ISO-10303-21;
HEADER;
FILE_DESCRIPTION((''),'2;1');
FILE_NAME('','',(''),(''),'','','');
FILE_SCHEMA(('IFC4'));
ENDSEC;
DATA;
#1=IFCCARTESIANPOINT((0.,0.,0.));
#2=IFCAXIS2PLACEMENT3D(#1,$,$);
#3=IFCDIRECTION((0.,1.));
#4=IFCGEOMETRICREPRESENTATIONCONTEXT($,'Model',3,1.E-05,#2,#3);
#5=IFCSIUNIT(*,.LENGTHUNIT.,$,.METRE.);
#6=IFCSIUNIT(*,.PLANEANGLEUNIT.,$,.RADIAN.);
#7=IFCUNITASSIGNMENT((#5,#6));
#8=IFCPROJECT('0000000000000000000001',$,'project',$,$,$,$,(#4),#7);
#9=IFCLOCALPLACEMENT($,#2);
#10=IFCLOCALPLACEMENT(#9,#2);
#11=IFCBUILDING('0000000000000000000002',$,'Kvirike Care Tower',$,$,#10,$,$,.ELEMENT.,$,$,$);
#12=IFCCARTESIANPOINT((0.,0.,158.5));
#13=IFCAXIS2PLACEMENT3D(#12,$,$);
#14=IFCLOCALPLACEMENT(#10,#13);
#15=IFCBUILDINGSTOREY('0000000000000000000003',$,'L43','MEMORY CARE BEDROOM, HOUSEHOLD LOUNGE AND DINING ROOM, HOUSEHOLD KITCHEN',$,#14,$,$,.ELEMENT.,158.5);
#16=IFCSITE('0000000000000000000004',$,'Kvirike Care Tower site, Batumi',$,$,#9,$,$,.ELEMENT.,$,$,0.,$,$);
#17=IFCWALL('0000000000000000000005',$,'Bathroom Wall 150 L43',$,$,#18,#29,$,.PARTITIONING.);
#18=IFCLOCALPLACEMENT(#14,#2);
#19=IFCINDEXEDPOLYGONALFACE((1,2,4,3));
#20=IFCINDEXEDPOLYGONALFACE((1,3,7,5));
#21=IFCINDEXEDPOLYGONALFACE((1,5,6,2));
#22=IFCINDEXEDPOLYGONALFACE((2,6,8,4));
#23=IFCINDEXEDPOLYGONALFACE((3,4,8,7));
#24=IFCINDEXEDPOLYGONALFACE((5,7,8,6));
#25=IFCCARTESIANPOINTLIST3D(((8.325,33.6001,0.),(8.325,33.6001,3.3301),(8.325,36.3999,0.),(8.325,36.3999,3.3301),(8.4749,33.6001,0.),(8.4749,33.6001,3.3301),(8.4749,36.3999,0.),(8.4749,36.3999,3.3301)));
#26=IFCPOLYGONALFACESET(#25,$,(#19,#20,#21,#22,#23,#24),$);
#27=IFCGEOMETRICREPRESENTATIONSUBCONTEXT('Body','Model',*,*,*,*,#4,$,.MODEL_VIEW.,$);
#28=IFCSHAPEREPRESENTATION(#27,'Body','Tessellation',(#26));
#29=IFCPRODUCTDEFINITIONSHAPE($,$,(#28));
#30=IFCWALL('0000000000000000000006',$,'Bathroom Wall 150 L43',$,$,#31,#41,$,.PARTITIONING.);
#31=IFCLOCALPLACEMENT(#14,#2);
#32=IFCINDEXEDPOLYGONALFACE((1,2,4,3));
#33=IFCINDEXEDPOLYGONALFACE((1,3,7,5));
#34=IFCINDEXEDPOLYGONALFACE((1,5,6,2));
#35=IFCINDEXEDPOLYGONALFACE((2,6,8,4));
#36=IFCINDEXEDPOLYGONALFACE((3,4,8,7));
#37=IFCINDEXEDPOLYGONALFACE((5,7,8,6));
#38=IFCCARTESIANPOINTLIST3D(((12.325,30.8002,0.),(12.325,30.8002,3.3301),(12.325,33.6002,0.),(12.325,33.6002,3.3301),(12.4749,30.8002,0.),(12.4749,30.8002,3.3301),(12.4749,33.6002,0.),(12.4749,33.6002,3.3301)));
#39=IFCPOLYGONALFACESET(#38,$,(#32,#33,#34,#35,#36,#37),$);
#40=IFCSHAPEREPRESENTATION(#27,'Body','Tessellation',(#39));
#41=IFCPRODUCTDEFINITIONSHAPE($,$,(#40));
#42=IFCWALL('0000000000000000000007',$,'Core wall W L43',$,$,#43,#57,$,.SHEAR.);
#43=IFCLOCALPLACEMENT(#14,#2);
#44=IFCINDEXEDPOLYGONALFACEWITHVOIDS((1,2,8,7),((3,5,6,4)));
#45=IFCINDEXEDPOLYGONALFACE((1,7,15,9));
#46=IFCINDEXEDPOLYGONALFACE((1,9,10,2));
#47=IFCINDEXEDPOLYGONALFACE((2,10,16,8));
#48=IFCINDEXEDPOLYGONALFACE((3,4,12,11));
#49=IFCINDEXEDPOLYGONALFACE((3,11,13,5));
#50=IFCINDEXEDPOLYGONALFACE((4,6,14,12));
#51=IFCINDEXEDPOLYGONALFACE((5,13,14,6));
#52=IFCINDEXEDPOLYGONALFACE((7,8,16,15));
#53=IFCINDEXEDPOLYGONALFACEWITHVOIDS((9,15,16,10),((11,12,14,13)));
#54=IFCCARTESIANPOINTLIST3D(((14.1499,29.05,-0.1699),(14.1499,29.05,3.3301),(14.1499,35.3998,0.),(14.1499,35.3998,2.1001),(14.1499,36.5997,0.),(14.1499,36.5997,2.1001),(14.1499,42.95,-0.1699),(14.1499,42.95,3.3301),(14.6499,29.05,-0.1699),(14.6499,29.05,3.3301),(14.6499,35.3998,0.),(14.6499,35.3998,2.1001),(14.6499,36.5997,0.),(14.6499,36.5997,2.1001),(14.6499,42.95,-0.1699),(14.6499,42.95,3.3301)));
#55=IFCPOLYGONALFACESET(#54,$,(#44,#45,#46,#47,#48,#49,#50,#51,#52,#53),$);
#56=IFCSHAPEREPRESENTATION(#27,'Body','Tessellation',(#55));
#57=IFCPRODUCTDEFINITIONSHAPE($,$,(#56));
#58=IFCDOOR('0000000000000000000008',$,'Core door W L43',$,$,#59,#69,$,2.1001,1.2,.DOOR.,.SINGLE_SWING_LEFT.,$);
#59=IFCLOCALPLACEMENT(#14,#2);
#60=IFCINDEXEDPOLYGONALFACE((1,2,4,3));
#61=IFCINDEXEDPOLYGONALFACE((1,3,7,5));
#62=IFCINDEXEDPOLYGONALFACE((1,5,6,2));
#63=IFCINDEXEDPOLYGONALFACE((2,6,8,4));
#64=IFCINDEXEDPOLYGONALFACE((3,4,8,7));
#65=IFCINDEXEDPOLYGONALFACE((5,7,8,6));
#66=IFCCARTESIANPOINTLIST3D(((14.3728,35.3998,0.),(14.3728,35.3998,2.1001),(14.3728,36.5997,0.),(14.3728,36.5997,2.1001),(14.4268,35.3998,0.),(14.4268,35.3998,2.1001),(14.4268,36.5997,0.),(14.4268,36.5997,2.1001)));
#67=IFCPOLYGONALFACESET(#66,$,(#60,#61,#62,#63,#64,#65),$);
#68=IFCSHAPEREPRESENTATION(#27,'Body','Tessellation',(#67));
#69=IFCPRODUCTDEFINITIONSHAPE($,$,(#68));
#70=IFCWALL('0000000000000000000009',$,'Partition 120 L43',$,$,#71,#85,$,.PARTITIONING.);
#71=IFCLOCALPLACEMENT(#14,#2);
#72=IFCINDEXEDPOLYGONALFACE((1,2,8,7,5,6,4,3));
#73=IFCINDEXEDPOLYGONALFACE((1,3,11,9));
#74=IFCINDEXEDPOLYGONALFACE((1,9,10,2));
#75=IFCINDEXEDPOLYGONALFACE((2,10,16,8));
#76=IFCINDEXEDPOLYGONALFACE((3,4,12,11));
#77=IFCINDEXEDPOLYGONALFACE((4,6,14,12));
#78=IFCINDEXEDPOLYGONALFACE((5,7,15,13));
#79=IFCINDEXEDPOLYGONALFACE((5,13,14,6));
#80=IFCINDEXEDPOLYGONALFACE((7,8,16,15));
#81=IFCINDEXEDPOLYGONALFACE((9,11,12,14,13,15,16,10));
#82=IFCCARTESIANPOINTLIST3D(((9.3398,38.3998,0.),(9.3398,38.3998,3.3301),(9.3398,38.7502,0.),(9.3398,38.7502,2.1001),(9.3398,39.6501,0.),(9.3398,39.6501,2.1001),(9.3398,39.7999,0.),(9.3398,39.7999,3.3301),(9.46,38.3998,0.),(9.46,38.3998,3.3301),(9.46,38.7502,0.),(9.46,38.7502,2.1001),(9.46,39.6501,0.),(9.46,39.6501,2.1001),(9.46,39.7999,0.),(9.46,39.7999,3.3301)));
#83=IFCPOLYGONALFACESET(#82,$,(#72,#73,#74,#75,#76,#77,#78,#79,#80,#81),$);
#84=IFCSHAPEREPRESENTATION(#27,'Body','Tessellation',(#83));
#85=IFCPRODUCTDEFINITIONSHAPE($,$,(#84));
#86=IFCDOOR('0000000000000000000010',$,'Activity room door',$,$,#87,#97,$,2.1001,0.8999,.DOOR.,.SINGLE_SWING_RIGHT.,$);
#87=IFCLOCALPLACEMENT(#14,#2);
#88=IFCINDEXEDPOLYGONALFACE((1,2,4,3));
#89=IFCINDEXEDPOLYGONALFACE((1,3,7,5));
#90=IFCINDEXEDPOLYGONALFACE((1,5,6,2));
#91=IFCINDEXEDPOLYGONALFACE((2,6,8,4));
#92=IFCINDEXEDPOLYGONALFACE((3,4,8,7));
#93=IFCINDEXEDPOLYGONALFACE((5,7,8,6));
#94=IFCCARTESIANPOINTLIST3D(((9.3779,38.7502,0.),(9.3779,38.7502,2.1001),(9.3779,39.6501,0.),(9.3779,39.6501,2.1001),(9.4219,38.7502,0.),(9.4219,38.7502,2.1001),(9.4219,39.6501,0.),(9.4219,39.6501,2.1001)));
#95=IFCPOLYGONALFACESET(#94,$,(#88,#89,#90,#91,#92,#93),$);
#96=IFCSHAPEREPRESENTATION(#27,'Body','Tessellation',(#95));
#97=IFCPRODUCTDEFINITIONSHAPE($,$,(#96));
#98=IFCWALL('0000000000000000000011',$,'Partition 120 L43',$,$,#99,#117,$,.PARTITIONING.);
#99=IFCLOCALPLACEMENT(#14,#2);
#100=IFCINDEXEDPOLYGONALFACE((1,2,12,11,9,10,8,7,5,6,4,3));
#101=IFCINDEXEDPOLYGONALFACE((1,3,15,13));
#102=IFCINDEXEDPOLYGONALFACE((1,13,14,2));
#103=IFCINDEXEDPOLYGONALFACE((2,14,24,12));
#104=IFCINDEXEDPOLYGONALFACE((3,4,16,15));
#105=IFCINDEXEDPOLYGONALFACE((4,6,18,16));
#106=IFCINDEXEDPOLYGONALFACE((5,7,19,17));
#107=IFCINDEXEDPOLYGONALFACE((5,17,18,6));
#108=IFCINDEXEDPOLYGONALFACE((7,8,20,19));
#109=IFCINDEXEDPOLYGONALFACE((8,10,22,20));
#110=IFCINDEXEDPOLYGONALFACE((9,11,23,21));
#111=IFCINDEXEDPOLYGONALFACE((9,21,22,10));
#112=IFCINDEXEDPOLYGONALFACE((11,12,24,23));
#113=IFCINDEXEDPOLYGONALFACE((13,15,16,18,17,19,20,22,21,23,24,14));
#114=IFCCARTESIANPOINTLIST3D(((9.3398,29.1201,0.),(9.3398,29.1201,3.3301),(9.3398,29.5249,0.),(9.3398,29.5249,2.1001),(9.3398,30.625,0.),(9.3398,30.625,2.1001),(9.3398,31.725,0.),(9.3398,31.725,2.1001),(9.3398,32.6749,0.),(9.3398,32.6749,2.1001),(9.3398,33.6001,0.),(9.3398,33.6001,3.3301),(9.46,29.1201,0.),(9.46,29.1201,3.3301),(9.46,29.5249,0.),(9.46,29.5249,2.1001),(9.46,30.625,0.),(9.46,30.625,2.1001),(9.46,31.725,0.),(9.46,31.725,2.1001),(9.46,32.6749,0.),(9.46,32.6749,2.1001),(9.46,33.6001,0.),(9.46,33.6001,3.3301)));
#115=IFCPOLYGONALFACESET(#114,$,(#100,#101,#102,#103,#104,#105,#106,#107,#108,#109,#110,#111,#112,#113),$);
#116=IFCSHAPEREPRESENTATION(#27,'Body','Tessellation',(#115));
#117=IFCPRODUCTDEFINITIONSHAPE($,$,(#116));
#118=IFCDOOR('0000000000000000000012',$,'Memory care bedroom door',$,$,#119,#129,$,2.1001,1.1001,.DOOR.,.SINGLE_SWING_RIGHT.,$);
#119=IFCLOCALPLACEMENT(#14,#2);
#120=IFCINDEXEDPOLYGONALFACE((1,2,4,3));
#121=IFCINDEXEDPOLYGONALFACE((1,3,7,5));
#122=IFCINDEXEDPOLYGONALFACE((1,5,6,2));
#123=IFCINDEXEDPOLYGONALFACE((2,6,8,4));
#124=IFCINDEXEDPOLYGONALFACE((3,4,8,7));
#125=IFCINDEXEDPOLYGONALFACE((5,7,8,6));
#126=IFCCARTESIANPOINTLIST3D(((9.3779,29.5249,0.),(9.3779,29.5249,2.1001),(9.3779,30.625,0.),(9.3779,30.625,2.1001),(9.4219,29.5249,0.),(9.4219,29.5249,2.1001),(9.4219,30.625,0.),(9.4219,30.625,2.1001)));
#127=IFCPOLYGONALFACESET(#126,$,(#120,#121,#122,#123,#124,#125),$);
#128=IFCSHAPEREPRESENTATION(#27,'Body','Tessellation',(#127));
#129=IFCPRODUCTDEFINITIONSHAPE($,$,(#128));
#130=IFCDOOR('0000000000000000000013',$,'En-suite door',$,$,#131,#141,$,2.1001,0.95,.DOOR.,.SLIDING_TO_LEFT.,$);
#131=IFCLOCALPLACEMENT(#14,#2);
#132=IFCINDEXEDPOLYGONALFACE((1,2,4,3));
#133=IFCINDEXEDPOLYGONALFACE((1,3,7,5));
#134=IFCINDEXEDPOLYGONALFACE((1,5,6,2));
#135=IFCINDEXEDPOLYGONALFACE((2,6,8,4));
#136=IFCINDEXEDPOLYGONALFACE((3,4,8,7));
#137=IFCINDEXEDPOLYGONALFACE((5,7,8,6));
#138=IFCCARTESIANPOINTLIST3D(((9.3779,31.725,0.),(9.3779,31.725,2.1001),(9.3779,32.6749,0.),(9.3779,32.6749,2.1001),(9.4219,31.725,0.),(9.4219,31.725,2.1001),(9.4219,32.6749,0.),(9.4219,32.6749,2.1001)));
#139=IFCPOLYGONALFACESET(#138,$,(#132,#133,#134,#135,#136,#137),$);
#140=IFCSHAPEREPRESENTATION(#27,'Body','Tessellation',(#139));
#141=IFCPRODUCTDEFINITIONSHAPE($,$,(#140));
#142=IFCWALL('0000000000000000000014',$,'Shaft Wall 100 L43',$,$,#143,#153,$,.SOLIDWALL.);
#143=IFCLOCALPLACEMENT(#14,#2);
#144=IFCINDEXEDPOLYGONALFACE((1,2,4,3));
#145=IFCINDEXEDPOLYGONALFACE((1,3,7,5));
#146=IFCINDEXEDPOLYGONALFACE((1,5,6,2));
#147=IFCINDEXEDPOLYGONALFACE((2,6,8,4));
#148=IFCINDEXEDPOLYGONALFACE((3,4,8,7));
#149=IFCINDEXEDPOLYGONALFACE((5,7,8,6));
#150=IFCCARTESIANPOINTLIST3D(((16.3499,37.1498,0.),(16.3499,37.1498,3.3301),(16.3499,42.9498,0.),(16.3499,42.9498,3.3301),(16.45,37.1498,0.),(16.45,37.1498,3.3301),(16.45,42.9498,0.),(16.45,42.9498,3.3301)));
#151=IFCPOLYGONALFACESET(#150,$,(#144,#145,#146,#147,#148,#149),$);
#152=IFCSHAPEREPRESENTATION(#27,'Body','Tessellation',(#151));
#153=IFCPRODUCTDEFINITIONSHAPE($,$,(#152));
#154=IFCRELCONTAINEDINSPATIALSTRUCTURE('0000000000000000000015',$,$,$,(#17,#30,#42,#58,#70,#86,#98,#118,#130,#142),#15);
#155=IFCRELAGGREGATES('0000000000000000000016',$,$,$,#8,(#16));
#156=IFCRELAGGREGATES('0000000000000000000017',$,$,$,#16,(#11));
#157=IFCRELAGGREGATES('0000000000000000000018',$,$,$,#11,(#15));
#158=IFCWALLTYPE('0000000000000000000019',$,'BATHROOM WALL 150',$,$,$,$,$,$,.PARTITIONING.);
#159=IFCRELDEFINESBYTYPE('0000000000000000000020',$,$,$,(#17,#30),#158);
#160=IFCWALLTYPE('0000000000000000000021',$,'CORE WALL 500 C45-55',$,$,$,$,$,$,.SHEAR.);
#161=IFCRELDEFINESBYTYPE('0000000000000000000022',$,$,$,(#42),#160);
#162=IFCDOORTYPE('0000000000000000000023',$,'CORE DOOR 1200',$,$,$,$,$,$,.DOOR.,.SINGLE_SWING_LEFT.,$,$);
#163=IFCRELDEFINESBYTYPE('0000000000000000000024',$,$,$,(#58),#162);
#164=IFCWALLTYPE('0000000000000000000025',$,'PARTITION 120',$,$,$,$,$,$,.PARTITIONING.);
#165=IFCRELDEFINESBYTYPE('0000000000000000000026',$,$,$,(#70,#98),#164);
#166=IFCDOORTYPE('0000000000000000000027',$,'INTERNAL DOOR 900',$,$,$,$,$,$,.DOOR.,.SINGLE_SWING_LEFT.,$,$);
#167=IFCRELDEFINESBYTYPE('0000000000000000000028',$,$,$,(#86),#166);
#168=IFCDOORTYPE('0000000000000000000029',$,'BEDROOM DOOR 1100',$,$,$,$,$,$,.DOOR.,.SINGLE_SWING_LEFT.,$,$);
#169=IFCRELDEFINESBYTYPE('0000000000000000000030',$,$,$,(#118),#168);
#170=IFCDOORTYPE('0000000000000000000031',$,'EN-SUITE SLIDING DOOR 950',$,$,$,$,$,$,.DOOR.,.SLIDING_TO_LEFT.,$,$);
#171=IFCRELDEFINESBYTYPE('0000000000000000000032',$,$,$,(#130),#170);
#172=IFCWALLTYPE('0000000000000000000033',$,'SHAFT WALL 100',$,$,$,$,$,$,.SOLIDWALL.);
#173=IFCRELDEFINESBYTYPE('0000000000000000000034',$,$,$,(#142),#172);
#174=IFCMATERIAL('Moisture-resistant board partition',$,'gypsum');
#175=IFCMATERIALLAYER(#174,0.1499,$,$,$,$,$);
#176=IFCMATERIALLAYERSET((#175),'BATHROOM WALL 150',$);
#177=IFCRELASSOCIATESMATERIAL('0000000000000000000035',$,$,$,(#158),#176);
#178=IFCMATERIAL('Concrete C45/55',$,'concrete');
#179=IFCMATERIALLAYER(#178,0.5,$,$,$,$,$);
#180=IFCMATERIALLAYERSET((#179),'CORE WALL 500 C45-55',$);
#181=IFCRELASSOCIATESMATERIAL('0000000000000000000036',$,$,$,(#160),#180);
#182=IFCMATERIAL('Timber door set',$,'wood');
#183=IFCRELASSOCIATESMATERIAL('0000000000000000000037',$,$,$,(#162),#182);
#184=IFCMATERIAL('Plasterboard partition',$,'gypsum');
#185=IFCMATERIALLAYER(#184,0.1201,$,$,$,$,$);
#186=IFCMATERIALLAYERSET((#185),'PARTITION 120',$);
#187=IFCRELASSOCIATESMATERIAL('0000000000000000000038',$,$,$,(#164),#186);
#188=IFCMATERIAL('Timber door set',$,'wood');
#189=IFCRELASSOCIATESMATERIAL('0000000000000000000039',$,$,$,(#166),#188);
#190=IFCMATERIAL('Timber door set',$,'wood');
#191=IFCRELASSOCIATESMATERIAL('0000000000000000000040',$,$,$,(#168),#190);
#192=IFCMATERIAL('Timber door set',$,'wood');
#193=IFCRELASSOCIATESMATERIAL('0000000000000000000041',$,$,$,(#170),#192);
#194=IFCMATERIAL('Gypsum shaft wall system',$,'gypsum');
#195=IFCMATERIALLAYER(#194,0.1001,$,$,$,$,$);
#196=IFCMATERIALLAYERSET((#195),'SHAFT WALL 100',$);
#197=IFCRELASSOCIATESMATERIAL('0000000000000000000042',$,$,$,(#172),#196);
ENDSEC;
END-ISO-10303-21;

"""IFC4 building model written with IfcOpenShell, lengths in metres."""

from ifc_helpers import new_model, si_unit, direction, frame, frame_2d, origin, place, context, subcontext, project, spatial, rectangle, extrude, material, layer, layer_set, type_object, element, fill, save


model = new_model("IFC4")

# Units and contexts
model_context = context("Model", 3, precision=1e-05, world=origin(), true_north=direction((0.0, 1.0)))
body_context = subcontext(model_context, "Body", "Model", "MODEL_VIEW")
ifc_project = project(units=[si_unit("LENGTHUNIT", "METRE"), si_unit("PLANEANGLEUNIT", "RADIAN")], contexts=[model_context])

# Site, building, storey
site_placement = place(None, origin())
site = spatial("IfcSite", under=ifc_project, at=site_placement, Name="Kvirike Care Tower site, Batumi", CompositionType="ELEMENT", RefElevation=0.0)
building_placement = place(site_placement, origin())
building = spatial("IfcBuilding", under=site, at=building_placement, Name="Kvirike Care Tower", CompositionType="ELEMENT")
storey_placement = place(building_placement, frame((0.0, 0.0, 158.5)))
storey = spatial("IfcBuildingStorey", under=building, at=storey_placement, Name="L43", Description="MEMORY CARE BEDROOM, HOUSEHOLD LOUNGE AND DINING ROOM, HOUSEHOLD KITCHEN", CompositionType="ELEMENT", Elevation=158.5)

# Walls
ifc_material_1 = material(Name="Moisture-resistant board partition", Category="gypsum")
ifc_layer_1 = layer(ifc_material_1, 0.1499)
ifc_layer_set_1 = layer_set([ifc_layer_1], Name="BATHROOM WALL 150")
wall_type_1 = type_object("IfcWallType", Name="BATHROOM WALL 150", PredefinedType="PARTITIONING", material=ifc_layer_set_1)
wall_1_placement = place(storey_placement, frame((8.3999, 36.3999, 0.0), z_axis=(0.0, 0.0, 1.0), x_axis=(0.0, -1.0, 0.0)))
element("IfcWall", 1, at=wall_1_placement, inside=storey, type_object=wall_type_1, Name="Bathroom Wall 150 L43", PredefinedType="PARTITIONING", context=body_context, shape_type="SweptSolid", body=[
    extrude(rectangle(XDim=2.7998, YDim=0.1499, at=frame_2d((1.3999, 0.0))), origin(), (0.0, 0.0, 1.0), 3.3301),
])
wall_2_placement = place(storey_placement, frame((12.3999, 33.6001, 0.0), z_axis=(0.0, 0.0, 1.0), x_axis=(0.0, -1.0, 0.0)))
element("IfcWall", 2, at=wall_2_placement, inside=storey, type_object=wall_type_1, Name="Bathroom Wall 150 L43", PredefinedType="PARTITIONING", context=body_context, shape_type="SweptSolid", body=[
    extrude(rectangle(XDim=2.8, YDim=0.1499, at=frame_2d((1.3999, 0.0))), origin(), (0.0, 0.0, 1.0), 3.3301),
])

# Walls, openings, doors
ifc_material_2 = material(Name="Concrete C45/55", Category="concrete")
ifc_layer_2 = layer(ifc_material_2, 0.5)
ifc_layer_set_2 = layer_set([ifc_layer_2], Name="CORE WALL 500 C45-55")
wall_type_2 = type_object("IfcWallType", Name="CORE WALL 500 C45-55", PredefinedType="SHEAR", material=ifc_layer_set_2)
wall_3_placement = place(storey_placement, frame((14.3999, 42.95, -0.1699), z_axis=(0.0, 0.0, 1.0), x_axis=(0.0, -1.0, 0.0)))
wall_3 = element("IfcWall", 3, at=wall_3_placement, inside=storey, type_object=wall_type_2, Name="Core wall W L43", PredefinedType="SHEAR", context=body_context, shape_type="SweptSolid", body=[
    extrude(rectangle(XDim=13.8999, YDim=0.5, at=frame_2d((6.95, 0.0))), origin(), (0.0, 0.0, 1.0), 3.5),
])
opening_1_placement = place(wall_3_placement, frame((6.3501, 0.0, 0.1699)))
opening_1 = element("IfcOpeningElement", 4, at=opening_1_placement, cuts=wall_3, PredefinedType="OPENING", context=body_context, shape_type="SweptSolid", body=[
    extrude(rectangle(XDim=1.2, YDim=2.1001, at=frame_2d((0.6001, 1.05))), frame((0.0, 0.2605, 0.0), z_axis=(0.0, -1.0, 0.0), x_axis=(1.0, 0.0, 0.0)), (0.0, 0.0, 1.0), 0.521),
])
ifc_material_3 = material(Name="Timber door set", Category="wood")
door_type_1 = type_object("IfcDoorType", Name="CORE DOOR 1200", OperationType="SINGLE_SWING_LEFT", PredefinedType="DOOR", material=ifc_material_3)
door_1_placement = place(opening_1_placement, origin())
door_1 = element("IfcDoor", 5, at=door_1_placement, inside=storey, type_object=door_type_1, Name="Core door W L43", OperationType="SINGLE_SWING_LEFT", OverallHeight=2.1001, OverallWidth=1.2, PredefinedType="DOOR", context=body_context, shape_type="SweptSolid", body=[
    extrude(rectangle(XDim=1.2, YDim=2.1001, at=frame_2d((0.6001, 1.05))), frame((0.0, 0.0269, 0.0), z_axis=(0.0, -1.0, 0.0), x_axis=(1.0, 0.0, 0.0)), (0.0, 0.0, 1.0), 0.054),
])
fill(opening_1, door_1)
ifc_material_4 = material(Name="Plasterboard partition", Category="gypsum")
ifc_layer_3 = layer(ifc_material_4, 0.1201)
ifc_layer_set_3 = layer_set([ifc_layer_3], Name="PARTITION 120")
wall_type_3 = type_object("IfcWallType", Name="PARTITION 120", PredefinedType="PARTITIONING", material=ifc_layer_set_3)
wall_4_placement = place(storey_placement, frame((9.3999, 39.8, 0.0), z_axis=(0.0, 0.0, 1.0), x_axis=(0.0, -1.0, 0.0)))
wall_4 = element("IfcWall", 6, at=wall_4_placement, inside=storey, type_object=wall_type_3, Name="Partition 120 L43", PredefinedType="PARTITIONING", context=body_context, shape_type="SweptSolid", body=[
    extrude(rectangle(XDim=1.4001, YDim=0.1201, at=frame_2d((0.7002, 0.0))), origin(), (0.0, 0.0, 1.0), 3.3301),
])
opening_2_placement = place(wall_4_placement, frame((0.1499, 0.0, 0.0)))
opening_2 = element("IfcOpeningElement", 7, at=opening_2_placement, cuts=wall_4, PredefinedType="OPENING", context=body_context, shape_type="SweptSolid", body=[
    extrude(rectangle(XDim=0.8999, YDim=2.1001, at=frame_2d((0.45, 1.05))), frame((0.0, 0.0706, 0.0), z_axis=(0.0, -1.0, 0.0), x_axis=(1.0, 0.0, 0.0)), (0.0, 0.0, 1.0), 0.1411),
])
ifc_material_5 = material(Name="Timber door set", Category="wood")
door_type_2 = type_object("IfcDoorType", Name="INTERNAL DOOR 900", OperationType="SINGLE_SWING_LEFT", PredefinedType="DOOR", material=ifc_material_5)
door_2_placement = place(opening_2_placement, origin())
door_2 = element("IfcDoor", 8, at=door_2_placement, inside=storey, type_object=door_type_2, Name="Activity room door", OperationType="SINGLE_SWING_RIGHT", OverallHeight=2.1001, OverallWidth=0.8999, PredefinedType="DOOR", context=body_context, shape_type="SweptSolid", body=[
    extrude(rectangle(XDim=0.8999, YDim=2.1001, at=frame_2d((0.45, 1.05))), frame((0.0, 0.022, 0.0), z_axis=(0.0, -1.0, 0.0), x_axis=(1.0, 0.0, 0.0)), (0.0, 0.0, 1.0), 0.0439),
])
fill(opening_2, door_2)

# Wall, openings, doors
wall_5_placement = place(storey_placement, frame((9.3999, 33.6001, 0.0), z_axis=(0.0, 0.0, 1.0), x_axis=(0.0, -1.0, 0.0)))
wall_5 = element("IfcWall", 9, at=wall_5_placement, inside=storey, type_object=wall_type_3, Name="Partition 120 L43", PredefinedType="PARTITIONING", context=body_context, shape_type="SweptSolid", body=[
    extrude(rectangle(XDim=4.48, YDim=0.1201, at=frame_2d((2.24, 0.0))), origin(), (0.0, 0.0, 1.0), 3.3301),
])
opening_3_placement = place(wall_5_placement, frame((2.9751, 0.0, 0.0)))
opening_3 = element("IfcOpeningElement", 10, at=opening_3_placement, cuts=wall_5, PredefinedType="OPENING", context=body_context, shape_type="SweptSolid", body=[
    extrude(rectangle(XDim=1.1001, YDim=2.1001, at=frame_2d((0.55, 1.05))), frame((0.0, 0.0706, 0.0), z_axis=(0.0, -1.0, 0.0), x_axis=(1.0, 0.0, 0.0)), (0.0, 0.0, 1.0), 0.1411),
])
opening_4_placement = place(wall_5_placement, frame((0.925, 0.0, 0.0)))
opening_4 = element("IfcOpeningElement", 11, at=opening_4_placement, cuts=wall_5, PredefinedType="OPENING", context=body_context, shape_type="SweptSolid", body=[
    extrude(rectangle(XDim=0.95, YDim=2.1001, at=frame_2d((0.4751, 1.05))), frame((0.0, 0.0706, 0.0), z_axis=(0.0, -1.0, 0.0), x_axis=(1.0, 0.0, 0.0)), (0.0, 0.0, 1.0), 0.1411),
])
ifc_material_6 = material(Name="Timber door set", Category="wood")
door_type_3 = type_object("IfcDoorType", Name="BEDROOM DOOR 1100", OperationType="SINGLE_SWING_LEFT", PredefinedType="DOOR", material=ifc_material_6)
door_3_placement = place(opening_3_placement, origin())
door_3 = element("IfcDoor", 12, at=door_3_placement, inside=storey, type_object=door_type_3, Name="Memory care bedroom door", OperationType="SINGLE_SWING_RIGHT", OverallHeight=2.1001, OverallWidth=1.1001, PredefinedType="DOOR", context=body_context, shape_type="SweptSolid", body=[
    extrude(rectangle(XDim=1.1001, YDim=2.1001, at=frame_2d((0.55, 1.05))), frame((0.0, 0.022, 0.0), z_axis=(0.0, -1.0, 0.0), x_axis=(1.0, 0.0, 0.0)), (0.0, 0.0, 1.0), 0.0439),
])
fill(opening_3, door_3)
ifc_material_7 = material(Name="Timber door set", Category="wood")
door_type_4 = type_object("IfcDoorType", Name="EN-SUITE SLIDING DOOR 950", OperationType="SLIDING_TO_LEFT", PredefinedType="DOOR", material=ifc_material_7)
door_4_placement = place(opening_4_placement, origin())
door_4 = element("IfcDoor", 13, at=door_4_placement, inside=storey, type_object=door_type_4, Name="En-suite door", OperationType="SLIDING_TO_LEFT", OverallHeight=2.1001, OverallWidth=0.95, PredefinedType="DOOR", context=body_context, shape_type="SweptSolid", body=[
    extrude(rectangle(XDim=0.95, YDim=2.1001, at=frame_2d((0.4751, 1.05))), frame((0.0, 0.022, 0.0), z_axis=(0.0, -1.0, 0.0), x_axis=(1.0, 0.0, 0.0)), (0.0, 0.0, 1.0), 0.0439),
])
fill(opening_4, door_4)

# Wall
ifc_material_8 = material(Name="Gypsum shaft wall system", Category="gypsum")
ifc_layer_4 = layer(ifc_material_8, 0.1001)
ifc_layer_set_4 = layer_set([ifc_layer_4], Name="SHAFT WALL 100")
wall_type_4 = type_object("IfcWallType", Name="SHAFT WALL 100", PredefinedType="SOLIDWALL", material=ifc_layer_set_4)
wall_6_placement = place(storey_placement, frame((16.3999, 37.1499, 0.0), z_axis=(0.0, 0.0, 1.0), x_axis=(0.0, 1.0, 0.0)))
element("IfcWall", 14, at=wall_6_placement, inside=storey, type_object=wall_type_4, Name="Shaft Wall 100 L43", PredefinedType="SOLIDWALL", context=body_context, shape_type="SweptSolid", body=[
    extrude(rectangle(XDim=5.8, YDim=0.1001, at=frame_2d((2.8999, 0.0))), origin(), (0.0, 0.0, 1.0), 3.3301),
])

save(model, "model.ifc")
